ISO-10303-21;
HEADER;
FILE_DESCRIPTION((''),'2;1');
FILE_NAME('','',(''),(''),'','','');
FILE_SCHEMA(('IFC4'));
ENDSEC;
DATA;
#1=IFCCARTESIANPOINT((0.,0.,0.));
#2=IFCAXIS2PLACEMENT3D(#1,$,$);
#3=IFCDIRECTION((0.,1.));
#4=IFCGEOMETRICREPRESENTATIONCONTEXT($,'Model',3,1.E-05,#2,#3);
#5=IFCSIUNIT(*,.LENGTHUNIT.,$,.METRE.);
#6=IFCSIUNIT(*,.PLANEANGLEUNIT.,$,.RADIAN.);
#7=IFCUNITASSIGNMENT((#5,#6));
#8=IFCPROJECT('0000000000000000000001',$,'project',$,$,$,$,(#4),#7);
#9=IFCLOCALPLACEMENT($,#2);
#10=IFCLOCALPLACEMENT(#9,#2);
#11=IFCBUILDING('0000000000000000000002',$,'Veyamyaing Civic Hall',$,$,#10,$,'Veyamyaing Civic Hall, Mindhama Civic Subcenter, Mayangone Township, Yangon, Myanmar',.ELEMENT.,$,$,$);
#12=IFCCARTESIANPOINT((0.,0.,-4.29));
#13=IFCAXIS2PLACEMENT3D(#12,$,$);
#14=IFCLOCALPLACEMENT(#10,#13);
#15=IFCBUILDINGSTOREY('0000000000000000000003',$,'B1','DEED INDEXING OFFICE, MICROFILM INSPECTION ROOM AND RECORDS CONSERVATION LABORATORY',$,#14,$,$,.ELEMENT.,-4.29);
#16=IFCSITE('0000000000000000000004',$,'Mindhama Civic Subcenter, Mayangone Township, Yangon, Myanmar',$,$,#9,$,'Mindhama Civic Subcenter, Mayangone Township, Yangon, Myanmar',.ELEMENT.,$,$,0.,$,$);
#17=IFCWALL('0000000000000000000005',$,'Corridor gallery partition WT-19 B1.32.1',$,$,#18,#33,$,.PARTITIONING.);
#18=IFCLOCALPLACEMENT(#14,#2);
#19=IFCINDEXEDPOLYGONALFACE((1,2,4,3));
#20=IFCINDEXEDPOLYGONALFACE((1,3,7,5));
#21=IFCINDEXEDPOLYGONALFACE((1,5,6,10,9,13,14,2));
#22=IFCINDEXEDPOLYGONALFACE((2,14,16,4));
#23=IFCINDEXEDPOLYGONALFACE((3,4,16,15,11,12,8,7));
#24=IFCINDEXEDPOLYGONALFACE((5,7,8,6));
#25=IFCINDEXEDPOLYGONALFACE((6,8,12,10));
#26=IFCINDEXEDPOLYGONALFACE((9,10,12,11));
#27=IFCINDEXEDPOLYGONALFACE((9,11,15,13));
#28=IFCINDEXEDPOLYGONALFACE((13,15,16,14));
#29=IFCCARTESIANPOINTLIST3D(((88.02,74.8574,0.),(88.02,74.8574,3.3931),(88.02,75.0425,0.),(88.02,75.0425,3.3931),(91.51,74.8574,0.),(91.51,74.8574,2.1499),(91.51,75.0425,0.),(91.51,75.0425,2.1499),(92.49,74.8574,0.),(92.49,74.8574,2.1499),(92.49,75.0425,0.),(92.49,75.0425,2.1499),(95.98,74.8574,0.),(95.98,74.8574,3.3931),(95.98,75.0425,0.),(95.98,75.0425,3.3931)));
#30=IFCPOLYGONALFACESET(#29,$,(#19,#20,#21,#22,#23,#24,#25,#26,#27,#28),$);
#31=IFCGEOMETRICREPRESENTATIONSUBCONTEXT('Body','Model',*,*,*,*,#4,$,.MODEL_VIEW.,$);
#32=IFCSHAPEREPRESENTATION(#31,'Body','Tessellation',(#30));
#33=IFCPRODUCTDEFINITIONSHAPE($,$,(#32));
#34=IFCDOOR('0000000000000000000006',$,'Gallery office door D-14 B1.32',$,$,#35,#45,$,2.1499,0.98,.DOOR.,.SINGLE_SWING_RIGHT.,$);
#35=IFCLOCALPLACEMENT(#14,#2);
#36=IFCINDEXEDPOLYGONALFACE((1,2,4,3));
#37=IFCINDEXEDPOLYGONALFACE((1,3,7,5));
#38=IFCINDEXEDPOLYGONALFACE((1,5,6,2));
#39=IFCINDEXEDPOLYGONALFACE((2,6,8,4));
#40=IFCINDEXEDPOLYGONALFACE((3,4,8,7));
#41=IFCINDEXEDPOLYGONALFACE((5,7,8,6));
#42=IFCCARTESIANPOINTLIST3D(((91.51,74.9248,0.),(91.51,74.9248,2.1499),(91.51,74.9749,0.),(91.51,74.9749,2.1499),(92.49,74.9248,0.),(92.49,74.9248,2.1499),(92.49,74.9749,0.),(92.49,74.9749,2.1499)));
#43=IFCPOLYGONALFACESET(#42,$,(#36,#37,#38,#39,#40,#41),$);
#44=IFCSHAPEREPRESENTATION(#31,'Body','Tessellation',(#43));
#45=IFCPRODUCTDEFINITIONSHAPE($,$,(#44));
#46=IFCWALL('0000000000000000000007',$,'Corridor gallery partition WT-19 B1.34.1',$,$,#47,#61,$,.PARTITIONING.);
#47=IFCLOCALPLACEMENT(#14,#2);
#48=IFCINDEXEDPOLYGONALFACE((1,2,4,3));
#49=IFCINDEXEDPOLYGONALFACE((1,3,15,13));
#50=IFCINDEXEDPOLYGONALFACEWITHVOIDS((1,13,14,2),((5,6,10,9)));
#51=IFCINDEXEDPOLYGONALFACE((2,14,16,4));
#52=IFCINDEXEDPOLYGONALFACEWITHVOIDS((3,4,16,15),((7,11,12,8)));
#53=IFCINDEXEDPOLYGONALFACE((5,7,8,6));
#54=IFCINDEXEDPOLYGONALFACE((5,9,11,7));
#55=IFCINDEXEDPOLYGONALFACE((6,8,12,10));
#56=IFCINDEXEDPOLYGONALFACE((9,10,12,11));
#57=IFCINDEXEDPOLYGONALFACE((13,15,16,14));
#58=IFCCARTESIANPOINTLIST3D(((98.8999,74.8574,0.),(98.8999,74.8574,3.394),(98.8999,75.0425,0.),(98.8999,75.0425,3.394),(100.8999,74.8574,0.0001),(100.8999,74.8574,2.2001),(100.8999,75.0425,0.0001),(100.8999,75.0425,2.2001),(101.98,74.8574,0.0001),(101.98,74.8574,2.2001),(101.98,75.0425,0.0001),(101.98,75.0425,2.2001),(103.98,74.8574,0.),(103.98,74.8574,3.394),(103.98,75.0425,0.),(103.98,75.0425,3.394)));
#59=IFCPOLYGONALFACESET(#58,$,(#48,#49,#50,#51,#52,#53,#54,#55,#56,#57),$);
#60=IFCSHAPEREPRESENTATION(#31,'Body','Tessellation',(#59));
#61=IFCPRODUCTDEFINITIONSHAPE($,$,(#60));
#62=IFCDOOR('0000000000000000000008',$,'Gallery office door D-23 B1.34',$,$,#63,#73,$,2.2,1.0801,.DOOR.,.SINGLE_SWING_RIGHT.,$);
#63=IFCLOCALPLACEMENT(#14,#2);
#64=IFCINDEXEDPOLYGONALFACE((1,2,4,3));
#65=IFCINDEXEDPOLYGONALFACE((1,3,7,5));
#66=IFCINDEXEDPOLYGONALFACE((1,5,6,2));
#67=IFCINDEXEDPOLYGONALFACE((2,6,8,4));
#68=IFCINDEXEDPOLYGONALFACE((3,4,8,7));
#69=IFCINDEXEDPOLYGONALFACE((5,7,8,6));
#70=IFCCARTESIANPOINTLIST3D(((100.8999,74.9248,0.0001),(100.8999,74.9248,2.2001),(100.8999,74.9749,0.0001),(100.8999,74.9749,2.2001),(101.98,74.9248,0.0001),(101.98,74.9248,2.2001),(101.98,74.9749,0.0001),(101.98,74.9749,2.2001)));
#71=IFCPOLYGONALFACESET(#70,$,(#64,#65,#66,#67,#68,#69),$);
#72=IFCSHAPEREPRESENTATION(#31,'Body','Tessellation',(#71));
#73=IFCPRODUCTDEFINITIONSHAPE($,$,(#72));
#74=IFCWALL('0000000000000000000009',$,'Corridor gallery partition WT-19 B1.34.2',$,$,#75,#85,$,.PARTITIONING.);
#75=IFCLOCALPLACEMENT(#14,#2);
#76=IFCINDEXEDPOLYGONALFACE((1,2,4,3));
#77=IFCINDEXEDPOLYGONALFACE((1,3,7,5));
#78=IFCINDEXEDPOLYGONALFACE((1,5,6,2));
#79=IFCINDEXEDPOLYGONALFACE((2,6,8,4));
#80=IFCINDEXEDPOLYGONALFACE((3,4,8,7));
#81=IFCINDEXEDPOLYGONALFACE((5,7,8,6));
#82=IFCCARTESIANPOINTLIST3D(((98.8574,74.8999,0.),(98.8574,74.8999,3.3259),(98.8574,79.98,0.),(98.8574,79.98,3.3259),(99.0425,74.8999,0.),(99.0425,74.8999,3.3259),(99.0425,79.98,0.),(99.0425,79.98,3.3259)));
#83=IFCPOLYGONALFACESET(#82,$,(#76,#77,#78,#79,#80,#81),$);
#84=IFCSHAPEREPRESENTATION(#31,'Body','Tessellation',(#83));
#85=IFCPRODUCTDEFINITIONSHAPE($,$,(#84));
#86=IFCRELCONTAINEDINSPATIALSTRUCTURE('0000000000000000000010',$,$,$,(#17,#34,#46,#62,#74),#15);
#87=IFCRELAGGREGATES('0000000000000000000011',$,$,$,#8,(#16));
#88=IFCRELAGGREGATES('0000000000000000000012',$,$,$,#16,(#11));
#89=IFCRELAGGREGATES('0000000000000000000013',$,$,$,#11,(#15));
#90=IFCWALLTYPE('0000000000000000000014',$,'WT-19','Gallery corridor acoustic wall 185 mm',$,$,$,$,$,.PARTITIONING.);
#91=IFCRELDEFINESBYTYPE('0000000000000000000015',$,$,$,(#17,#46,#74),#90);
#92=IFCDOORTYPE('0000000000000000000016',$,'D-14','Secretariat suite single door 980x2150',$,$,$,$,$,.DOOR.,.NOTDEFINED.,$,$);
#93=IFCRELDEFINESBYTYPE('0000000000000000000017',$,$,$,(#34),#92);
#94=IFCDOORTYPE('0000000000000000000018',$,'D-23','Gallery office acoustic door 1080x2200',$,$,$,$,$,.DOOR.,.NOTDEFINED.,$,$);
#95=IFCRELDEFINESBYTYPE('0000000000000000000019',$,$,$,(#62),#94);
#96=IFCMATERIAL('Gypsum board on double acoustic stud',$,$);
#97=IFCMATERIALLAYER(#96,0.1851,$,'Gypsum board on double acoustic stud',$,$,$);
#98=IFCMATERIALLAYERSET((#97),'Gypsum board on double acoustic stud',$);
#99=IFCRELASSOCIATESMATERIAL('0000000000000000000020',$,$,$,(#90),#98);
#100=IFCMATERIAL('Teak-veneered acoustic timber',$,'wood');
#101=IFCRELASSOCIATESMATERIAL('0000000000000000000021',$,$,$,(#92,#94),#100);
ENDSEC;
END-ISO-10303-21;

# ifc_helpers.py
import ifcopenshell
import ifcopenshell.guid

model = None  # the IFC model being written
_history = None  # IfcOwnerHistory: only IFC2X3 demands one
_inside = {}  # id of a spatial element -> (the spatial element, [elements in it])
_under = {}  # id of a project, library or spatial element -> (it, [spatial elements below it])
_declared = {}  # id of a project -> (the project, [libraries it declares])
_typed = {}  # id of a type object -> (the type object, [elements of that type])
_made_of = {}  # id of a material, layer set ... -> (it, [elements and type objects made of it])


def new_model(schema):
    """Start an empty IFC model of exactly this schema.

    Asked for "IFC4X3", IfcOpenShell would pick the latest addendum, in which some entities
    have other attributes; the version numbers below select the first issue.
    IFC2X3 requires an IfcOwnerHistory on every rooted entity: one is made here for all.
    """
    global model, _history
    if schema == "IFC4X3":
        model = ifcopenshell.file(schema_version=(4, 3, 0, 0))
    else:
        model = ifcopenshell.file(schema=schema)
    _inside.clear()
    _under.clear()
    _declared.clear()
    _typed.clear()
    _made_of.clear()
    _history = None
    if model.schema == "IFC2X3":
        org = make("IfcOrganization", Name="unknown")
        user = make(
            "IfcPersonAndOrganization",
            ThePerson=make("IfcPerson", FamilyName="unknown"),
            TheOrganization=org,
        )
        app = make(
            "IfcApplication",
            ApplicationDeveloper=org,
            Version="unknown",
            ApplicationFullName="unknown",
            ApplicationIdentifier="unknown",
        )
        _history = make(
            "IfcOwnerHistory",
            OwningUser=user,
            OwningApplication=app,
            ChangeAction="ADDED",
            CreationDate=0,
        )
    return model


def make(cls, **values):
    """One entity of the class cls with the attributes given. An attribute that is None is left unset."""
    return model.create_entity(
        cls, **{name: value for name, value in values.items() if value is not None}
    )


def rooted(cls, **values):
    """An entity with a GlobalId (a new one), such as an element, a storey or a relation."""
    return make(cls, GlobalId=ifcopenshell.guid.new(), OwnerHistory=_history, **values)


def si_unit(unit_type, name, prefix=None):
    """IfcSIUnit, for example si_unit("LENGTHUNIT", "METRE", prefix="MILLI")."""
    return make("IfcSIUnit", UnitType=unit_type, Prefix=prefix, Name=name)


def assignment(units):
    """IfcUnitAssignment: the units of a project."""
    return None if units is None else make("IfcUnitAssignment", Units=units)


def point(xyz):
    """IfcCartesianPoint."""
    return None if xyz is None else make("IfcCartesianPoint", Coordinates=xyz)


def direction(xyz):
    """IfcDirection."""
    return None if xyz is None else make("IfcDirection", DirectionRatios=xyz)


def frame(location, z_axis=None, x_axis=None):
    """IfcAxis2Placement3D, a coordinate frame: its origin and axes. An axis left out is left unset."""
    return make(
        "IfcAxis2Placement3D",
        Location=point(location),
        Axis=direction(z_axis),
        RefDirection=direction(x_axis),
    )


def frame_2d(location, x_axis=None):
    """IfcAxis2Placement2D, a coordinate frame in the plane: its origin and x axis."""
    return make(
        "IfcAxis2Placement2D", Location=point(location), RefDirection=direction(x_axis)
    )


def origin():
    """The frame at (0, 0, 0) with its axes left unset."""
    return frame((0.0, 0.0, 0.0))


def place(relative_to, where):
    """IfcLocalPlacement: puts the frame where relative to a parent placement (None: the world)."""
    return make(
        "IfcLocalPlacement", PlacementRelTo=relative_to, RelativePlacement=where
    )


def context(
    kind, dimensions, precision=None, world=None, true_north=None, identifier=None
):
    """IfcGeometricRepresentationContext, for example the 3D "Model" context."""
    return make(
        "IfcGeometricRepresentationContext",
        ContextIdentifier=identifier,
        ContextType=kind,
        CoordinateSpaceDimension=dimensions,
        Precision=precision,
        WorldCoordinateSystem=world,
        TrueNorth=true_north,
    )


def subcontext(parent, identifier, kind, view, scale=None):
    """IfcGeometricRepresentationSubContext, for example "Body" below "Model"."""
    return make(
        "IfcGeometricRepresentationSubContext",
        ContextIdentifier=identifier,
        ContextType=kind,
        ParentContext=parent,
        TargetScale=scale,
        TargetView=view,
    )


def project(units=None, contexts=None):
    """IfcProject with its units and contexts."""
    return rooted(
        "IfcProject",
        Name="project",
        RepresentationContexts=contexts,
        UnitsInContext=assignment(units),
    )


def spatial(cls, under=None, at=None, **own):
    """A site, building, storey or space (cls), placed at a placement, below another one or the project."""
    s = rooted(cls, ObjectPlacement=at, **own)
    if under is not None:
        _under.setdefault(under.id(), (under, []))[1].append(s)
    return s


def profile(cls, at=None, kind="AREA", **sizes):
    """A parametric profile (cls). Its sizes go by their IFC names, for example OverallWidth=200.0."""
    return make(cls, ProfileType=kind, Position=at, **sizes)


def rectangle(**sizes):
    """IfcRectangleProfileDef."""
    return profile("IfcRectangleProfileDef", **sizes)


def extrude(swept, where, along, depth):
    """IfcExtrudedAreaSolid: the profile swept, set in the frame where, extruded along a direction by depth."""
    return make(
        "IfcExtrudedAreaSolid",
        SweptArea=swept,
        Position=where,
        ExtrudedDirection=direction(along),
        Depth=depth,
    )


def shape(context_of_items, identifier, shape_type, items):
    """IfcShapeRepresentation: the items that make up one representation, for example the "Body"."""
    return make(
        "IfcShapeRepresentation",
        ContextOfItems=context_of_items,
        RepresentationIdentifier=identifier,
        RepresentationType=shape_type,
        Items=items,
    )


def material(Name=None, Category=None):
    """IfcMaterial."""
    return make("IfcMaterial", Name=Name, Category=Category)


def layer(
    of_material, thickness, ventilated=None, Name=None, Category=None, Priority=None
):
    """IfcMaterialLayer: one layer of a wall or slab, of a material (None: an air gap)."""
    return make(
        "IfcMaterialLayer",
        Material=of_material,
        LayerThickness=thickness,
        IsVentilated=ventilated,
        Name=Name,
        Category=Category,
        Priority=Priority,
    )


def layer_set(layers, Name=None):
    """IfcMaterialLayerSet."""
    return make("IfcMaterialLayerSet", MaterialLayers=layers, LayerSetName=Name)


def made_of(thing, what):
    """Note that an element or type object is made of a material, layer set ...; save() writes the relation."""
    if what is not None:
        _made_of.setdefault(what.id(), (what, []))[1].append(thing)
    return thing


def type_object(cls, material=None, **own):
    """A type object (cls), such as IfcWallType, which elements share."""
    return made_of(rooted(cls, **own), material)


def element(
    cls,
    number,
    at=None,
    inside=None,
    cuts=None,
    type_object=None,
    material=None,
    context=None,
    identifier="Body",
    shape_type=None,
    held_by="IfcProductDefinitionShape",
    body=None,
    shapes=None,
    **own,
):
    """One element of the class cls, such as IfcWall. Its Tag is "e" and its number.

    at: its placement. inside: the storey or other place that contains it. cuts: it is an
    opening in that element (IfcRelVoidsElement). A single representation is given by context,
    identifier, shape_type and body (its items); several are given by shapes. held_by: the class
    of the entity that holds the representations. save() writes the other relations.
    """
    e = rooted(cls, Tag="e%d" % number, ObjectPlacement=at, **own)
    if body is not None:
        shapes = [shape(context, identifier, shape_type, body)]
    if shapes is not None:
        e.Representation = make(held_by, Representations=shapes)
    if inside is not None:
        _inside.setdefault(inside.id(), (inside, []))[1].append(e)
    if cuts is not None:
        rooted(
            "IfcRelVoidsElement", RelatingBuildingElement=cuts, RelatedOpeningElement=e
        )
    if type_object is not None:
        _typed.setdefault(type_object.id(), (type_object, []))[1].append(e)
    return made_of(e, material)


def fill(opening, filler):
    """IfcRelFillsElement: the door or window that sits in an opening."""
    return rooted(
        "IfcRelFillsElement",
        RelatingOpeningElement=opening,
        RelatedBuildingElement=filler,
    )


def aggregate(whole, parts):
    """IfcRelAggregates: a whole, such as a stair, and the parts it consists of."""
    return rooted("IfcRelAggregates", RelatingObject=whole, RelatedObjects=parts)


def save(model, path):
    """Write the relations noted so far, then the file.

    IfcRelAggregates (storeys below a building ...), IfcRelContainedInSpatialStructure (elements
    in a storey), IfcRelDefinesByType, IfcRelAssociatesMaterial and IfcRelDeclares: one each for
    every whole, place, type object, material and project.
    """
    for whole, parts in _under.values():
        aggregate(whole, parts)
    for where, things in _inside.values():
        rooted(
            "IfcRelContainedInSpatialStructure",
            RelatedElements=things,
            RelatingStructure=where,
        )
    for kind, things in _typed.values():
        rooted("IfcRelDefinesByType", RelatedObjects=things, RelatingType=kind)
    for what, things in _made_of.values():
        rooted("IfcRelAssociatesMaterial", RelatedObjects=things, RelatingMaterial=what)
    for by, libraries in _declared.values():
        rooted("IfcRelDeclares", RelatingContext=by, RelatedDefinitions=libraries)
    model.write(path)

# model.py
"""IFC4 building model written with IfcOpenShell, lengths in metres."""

from ifc_helpers import new_model, si_unit, direction, frame, frame_2d, origin, place, context, subcontext, project, spatial, rectangle, extrude, material, layer, layer_set, type_object, element, fill, save


model = new_model("IFC4")

# Units and contexts
model_context = context("Model", 3, precision=1e-05, world=origin(), true_north=direction((0.0, 1.0)))
body_context = subcontext(model_context, "Body", "Model", "MODEL_VIEW")
ifc_project = project(units=[si_unit("LENGTHUNIT", "METRE"), si_unit("PLANEANGLEUNIT", "RADIAN")], contexts=[model_context])

# Site, building, storey
site_placement = place(None, origin())
site = spatial("IfcSite", under=ifc_project, at=site_placement, Name="Mindhama Civic Subcenter, Mayangone Township, Yangon, Myanmar", LongName="Mindhama Civic Subcenter, Mayangone Township, Yangon, Myanmar", CompositionType="ELEMENT", RefElevation=0.0)
building_placement = place(site_placement, origin())
building = spatial("IfcBuilding", under=site, at=building_placement, Name="Veyamyaing Civic Hall", LongName="Veyamyaing Civic Hall, Mindhama Civic Subcenter, Mayangone Township, Yangon, Myanmar", CompositionType="ELEMENT")
storey_placement = place(building_placement, frame((0.0, 0.0, -4.29)))
storey = spatial("IfcBuildingStorey", under=building, at=storey_placement, Name="B1", Description="DEED INDEXING OFFICE, MICROFILM INSPECTION ROOM AND RECORDS CONSERVATION LABORATORY", CompositionType="ELEMENT", Elevation=-4.29)

# Shared definitions
ifc_material_1 = material(Name="Teak-veneered acoustic timber", Category="wood")

# Walls, openings, doors
ifc_material_2 = material(Name="Gypsum board on double acoustic stud")
ifc_layer_1 = layer(ifc_material_2, 0.1851, Name="Gypsum board on double acoustic stud")
ifc_layer_set_1 = layer_set([ifc_layer_1], Name="Gypsum board on double acoustic stud")
wall_type_1 = type_object("IfcWallType", Name="WT-19", Description="Gallery corridor acoustic wall 185 mm", PredefinedType="PARTITIONING", material=ifc_layer_set_1)
wall_1_placement = place(storey_placement, frame((88.02, 74.95, 0.0), z_axis=(0.0, 0.0, 1.0), x_axis=(1.0, 0.0, 0.0)))
wall_1 = element("IfcWall", 1, at=wall_1_placement, inside=storey, type_object=wall_type_1, Name="Corridor gallery partition WT-19 B1.32.1", PredefinedType="PARTITIONING", context=body_context, shape_type="SweptSolid", body=[
    extrude(rectangle(XDim=7.96, YDim=0.1851, at=frame_2d((3.98, 0.0))), origin(), (0.0, 0.0, 1.0), 3.3931),
])
opening_1_placement = place(wall_1_placement, frame((3.49, 0.0, 0.0)))
opening_1 = element("IfcOpeningElement", 2, at=opening_1_placement, cuts=wall_1, PredefinedType="OPENING", context=body_context, shape_type="SweptSolid", body=[
    extrude(rectangle(XDim=0.98, YDim=2.1499, at=frame_2d((0.49, 1.075))), frame((0.0, 0.1025, 0.0), z_axis=(0.0, -1.0, 0.0), x_axis=(1.0, 0.0, 0.0)), (0.0, 0.0, 1.0), 0.2051),
])
door_type_1 = type_object("IfcDoorType", Name="D-14", Description="Secretariat suite single door 980x2150", OperationType="NOTDEFINED", PredefinedType="DOOR", material=ifc_material_1)
door_1_placement = place(opening_1_placement, origin())
door_1 = element("IfcDoor", 3, at=door_1_placement, inside=storey, type_object=door_type_1, Name="Gallery office door D-14 B1.32", OperationType="SINGLE_SWING_RIGHT", OverallHeight=2.1499, OverallWidth=0.98, PredefinedType="DOOR", context=body_context, shape_type="SweptSolid", body=[
    extrude(rectangle(XDim=0.98, YDim=2.1499, at=frame_2d((0.49, 1.075))), frame((0.0, 0.0249, 0.0), z_axis=(0.0, -1.0, 0.0), x_axis=(1.0, 0.0, 0.0)), (0.0, 0.0, 1.0), 0.05),
])
fill(opening_1, door_1)
wall_2_placement = place(storey_placement, frame((98.8999, 74.95, 0.0), z_axis=(0.0, 0.0, 1.0), x_axis=(1.0, 0.0, 0.0)))
wall_2 = element("IfcWall", 4, at=wall_2_placement, inside=storey, type_object=wall_type_1, Name="Corridor gallery partition WT-19 B1.34.1", PredefinedType="PARTITIONING", context=body_context, shape_type="SweptSolid", body=[
    extrude(rectangle(XDim=5.0801, YDim=0.1851, at=frame_2d((2.54, 0.0))), origin(), (0.0, 0.0, 1.0), 3.394),
])
opening_2_placement = place(wall_2_placement, frame((2.0, 0.0, 0.0)))
opening_2 = element("IfcOpeningElement", 5, at=opening_2_placement, cuts=wall_2, PredefinedType="OPENING", context=body_context, shape_type="SweptSolid", body=[
    extrude(rectangle(XDim=1.0801, YDim=2.2, at=frame_2d((0.54, 1.1001))), frame((0.0, 0.1025, 0.0), z_axis=(0.0, -1.0, 0.0), x_axis=(1.0, 0.0, 0.0)), (0.0, 0.0, 1.0), 0.2051),
])
door_type_2 = type_object("IfcDoorType", Name="D-23", Description="Gallery office acoustic door 1080x2200", OperationType="NOTDEFINED", PredefinedType="DOOR", material=ifc_material_1)
door_2_placement = place(opening_2_placement, origin())
door_2 = element("IfcDoor", 6, at=door_2_placement, inside=storey, type_object=door_type_2, Name="Gallery office door D-23 B1.34", OperationType="SINGLE_SWING_RIGHT", OverallHeight=2.2, OverallWidth=1.0801, PredefinedType="DOOR", context=body_context, shape_type="SweptSolid", body=[
    extrude(rectangle(XDim=1.0801, YDim=2.2, at=frame_2d((0.54, 1.1001))), frame((0.0, 0.0249, 0.0), z_axis=(0.0, -1.0, 0.0), x_axis=(1.0, 0.0, 0.0)), (0.0, 0.0, 1.0), 0.05),
])
fill(opening_2, door_2)

# Wall
wall_3_placement = place(storey_placement, frame((98.95, 74.8999, 0.0), z_axis=(0.0, 0.0, 1.0), x_axis=(0.0, 1.0, 0.0)))
element("IfcWall", 7, at=wall_3_placement, inside=storey, type_object=wall_type_1, Name="Corridor gallery partition WT-19 B1.34.2", PredefinedType="PARTITIONING", context=body_context, shape_type="SweptSolid", body=[
    extrude(rectangle(XDim=5.0801, YDim=0.1851, at=frame_2d((2.54, 0.0))), origin(), (0.0, 0.0, 1.0), 3.3259),
])

save(model, "model.ifc")
